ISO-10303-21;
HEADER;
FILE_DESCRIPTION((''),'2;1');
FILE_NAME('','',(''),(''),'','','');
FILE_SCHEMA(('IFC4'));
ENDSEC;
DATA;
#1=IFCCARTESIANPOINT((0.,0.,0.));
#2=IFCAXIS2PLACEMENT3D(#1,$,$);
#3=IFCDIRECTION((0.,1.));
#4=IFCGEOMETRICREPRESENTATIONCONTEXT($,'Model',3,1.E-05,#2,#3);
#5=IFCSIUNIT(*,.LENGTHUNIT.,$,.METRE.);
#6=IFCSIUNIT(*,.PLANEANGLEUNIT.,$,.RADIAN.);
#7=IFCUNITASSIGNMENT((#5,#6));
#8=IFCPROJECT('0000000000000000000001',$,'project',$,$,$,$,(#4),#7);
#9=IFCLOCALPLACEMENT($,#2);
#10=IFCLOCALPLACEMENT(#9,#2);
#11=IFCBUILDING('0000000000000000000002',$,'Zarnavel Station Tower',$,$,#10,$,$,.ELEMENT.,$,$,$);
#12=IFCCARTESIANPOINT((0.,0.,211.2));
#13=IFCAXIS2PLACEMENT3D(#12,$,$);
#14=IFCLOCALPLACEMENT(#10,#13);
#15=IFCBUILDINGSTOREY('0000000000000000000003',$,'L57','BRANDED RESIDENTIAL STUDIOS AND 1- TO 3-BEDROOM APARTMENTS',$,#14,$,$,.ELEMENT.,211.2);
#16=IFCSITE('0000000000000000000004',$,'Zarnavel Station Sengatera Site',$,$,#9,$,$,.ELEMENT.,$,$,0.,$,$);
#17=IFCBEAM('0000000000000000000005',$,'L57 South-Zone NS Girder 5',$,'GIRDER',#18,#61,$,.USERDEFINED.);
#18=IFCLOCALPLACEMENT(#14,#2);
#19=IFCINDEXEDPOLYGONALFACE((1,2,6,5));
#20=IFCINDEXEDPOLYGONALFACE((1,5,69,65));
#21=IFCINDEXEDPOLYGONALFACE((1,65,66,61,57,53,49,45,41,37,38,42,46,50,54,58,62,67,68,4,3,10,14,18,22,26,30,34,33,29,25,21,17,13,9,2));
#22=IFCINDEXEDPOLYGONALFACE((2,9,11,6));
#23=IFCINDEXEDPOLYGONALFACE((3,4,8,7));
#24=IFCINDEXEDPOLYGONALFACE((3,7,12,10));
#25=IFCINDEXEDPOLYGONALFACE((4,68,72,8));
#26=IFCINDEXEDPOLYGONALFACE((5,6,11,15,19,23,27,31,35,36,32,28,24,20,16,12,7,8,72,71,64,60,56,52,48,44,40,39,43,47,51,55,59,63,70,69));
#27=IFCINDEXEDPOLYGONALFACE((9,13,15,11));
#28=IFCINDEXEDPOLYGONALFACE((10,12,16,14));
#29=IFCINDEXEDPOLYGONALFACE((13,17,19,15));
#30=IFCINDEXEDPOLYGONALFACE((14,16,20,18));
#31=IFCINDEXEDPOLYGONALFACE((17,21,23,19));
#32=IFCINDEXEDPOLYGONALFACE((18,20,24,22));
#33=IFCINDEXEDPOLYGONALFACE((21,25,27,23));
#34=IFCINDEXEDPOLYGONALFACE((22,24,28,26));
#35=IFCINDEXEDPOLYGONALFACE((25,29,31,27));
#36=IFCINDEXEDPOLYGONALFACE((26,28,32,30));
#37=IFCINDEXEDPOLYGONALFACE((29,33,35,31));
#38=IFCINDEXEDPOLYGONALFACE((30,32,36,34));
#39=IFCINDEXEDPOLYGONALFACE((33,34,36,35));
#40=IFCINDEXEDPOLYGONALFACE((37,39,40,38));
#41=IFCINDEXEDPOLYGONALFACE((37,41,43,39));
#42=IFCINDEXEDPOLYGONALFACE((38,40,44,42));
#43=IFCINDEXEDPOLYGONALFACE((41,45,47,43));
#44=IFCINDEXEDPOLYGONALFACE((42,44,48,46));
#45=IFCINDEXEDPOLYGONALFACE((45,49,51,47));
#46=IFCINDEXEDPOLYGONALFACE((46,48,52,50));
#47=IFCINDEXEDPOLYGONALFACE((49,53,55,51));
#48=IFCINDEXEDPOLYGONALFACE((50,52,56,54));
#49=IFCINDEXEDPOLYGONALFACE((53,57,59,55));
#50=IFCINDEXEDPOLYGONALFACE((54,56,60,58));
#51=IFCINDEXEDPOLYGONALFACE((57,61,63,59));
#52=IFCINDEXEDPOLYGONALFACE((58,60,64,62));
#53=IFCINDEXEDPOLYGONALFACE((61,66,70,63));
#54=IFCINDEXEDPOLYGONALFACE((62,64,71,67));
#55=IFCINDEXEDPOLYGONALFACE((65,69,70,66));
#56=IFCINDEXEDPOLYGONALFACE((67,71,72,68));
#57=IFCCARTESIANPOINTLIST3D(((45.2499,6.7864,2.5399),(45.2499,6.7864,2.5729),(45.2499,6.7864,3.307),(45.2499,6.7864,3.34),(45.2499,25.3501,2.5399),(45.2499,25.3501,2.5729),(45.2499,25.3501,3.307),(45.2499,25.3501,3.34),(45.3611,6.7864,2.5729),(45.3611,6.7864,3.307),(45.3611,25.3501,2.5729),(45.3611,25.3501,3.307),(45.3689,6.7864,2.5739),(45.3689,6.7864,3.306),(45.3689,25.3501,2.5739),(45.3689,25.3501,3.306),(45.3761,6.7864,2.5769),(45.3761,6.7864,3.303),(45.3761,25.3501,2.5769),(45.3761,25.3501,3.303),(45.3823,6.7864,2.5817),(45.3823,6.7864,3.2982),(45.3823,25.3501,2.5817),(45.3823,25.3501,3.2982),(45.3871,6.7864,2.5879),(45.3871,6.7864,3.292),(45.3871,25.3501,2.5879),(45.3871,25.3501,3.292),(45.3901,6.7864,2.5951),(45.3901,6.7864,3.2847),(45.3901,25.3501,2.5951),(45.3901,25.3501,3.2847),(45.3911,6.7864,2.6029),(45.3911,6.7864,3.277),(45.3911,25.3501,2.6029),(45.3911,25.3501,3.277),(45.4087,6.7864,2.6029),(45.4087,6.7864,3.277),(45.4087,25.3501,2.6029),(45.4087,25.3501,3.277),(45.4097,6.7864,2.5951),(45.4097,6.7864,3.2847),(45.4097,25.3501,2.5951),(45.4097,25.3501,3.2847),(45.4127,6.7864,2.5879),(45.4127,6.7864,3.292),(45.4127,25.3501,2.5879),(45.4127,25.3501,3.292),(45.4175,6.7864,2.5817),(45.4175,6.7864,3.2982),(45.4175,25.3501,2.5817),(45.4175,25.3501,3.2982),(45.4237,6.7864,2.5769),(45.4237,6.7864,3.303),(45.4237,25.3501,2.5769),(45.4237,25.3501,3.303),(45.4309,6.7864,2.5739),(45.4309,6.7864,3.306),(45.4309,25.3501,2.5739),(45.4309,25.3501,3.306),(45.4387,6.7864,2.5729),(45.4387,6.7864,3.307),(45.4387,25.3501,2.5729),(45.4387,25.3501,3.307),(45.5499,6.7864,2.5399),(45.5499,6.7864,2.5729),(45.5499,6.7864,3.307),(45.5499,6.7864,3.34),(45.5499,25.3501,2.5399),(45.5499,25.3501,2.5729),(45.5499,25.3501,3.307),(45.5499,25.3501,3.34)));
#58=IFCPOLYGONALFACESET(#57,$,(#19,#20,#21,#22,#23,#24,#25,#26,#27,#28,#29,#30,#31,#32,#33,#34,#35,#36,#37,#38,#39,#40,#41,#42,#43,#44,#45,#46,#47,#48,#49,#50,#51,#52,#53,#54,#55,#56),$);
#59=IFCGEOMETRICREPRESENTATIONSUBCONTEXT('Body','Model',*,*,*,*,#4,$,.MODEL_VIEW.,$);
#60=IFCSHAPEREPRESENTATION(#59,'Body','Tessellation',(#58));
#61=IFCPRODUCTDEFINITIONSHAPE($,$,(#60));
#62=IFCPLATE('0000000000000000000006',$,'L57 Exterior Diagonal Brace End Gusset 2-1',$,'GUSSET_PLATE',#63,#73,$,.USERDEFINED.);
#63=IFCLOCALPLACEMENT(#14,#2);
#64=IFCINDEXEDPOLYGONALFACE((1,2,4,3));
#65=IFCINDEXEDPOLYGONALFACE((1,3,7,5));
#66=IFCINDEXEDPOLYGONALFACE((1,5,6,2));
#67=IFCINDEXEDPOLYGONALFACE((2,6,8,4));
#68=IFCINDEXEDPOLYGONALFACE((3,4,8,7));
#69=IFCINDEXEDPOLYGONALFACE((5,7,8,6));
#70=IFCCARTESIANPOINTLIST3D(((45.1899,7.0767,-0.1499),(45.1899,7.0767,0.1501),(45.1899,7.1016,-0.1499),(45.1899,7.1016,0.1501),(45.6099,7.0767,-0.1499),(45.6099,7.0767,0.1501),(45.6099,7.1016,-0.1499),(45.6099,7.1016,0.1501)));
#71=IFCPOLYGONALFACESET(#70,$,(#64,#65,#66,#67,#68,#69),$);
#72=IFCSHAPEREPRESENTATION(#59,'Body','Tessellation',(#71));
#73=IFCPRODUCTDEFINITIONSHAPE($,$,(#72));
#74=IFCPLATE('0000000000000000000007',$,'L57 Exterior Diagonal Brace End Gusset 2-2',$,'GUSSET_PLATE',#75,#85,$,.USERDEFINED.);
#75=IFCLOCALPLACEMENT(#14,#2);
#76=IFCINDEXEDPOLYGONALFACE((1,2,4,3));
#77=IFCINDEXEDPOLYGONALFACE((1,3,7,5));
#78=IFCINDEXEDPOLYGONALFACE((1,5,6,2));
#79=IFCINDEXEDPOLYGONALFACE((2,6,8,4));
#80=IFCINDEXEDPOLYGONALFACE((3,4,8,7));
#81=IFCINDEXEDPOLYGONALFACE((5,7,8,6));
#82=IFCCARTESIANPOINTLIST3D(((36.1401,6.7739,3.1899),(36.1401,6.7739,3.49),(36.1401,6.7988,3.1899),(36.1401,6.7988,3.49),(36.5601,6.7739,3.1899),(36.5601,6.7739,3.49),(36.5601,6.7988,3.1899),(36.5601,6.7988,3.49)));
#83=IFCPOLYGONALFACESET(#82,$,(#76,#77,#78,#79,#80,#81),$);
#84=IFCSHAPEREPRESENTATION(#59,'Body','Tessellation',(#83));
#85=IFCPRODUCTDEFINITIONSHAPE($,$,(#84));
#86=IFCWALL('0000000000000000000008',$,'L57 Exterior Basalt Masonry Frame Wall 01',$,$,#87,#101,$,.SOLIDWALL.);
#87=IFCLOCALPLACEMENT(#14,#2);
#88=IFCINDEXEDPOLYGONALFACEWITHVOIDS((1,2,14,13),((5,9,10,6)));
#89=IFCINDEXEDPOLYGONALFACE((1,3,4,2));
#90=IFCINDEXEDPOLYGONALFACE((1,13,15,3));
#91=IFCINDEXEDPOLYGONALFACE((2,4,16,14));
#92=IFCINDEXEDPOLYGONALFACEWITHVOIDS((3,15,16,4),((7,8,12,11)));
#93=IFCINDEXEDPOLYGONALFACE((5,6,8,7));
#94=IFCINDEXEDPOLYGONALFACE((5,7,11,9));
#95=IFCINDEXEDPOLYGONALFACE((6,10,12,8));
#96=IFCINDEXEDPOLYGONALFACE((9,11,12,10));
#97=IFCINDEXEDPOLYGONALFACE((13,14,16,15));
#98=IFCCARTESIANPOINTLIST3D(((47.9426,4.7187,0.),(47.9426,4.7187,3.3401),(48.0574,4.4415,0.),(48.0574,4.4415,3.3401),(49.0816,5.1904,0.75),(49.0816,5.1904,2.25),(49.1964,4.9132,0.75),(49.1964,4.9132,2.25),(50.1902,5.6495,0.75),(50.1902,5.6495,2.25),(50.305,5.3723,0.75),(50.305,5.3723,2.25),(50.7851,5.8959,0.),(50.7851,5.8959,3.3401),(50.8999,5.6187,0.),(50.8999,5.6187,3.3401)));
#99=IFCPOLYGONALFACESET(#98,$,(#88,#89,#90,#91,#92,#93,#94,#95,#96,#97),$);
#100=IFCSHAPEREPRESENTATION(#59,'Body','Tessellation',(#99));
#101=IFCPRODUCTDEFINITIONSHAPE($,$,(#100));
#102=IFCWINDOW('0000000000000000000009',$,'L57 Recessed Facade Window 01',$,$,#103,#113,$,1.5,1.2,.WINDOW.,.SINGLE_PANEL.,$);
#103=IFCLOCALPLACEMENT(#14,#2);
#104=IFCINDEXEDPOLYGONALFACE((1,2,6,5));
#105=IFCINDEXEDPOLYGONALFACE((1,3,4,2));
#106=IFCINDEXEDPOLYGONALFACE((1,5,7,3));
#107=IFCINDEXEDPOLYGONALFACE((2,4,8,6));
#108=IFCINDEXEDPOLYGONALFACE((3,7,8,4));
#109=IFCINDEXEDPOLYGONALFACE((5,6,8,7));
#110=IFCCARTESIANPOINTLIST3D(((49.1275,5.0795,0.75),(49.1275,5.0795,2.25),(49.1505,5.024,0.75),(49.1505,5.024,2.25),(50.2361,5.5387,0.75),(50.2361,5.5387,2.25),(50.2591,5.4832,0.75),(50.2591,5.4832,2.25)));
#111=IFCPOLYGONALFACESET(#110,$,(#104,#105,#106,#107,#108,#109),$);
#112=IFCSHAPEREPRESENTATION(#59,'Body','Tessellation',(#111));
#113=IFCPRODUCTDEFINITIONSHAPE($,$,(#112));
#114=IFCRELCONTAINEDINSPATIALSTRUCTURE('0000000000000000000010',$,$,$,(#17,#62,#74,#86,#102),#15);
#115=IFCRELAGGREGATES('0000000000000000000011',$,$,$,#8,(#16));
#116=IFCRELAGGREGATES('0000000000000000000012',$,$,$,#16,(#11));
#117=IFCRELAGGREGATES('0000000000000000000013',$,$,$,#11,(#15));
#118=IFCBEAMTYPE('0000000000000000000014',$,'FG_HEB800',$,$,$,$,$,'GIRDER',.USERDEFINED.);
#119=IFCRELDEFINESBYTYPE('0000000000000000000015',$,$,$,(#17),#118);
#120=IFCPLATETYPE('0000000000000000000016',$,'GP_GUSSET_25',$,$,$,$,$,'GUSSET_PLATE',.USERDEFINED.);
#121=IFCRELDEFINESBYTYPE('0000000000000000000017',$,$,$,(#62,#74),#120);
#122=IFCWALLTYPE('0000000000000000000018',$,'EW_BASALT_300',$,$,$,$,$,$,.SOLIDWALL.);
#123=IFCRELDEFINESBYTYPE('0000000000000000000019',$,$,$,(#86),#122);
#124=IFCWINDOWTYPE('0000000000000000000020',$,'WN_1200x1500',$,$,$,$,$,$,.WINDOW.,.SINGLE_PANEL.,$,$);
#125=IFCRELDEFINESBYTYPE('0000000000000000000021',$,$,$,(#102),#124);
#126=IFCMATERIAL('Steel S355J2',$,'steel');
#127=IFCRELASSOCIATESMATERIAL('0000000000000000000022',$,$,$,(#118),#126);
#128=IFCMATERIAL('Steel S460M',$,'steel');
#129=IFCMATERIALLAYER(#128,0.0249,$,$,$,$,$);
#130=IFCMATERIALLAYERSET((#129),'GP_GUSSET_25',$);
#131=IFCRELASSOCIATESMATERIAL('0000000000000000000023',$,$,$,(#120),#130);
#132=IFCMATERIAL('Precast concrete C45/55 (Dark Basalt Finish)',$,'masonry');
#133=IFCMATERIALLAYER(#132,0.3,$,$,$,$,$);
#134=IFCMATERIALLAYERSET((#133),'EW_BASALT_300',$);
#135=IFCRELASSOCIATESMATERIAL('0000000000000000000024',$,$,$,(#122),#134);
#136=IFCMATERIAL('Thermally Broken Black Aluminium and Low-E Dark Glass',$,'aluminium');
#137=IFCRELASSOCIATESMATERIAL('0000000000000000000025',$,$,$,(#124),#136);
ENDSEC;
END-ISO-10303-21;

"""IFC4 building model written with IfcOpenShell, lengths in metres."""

from ifc_helpers import new_model, si_unit, direction, frame, frame_2d, origin, origin_2d, place, context, subcontext, project, spatial, rectangle, i_section, extrude, material, layer, layer_set, material_profile, profile_set, type_object, element, fill, save


model = new_model("IFC4")

# Units and contexts
model_context = context("Model", 3, precision=1e-05, world=origin(), true_north=direction((0.0, 1.0)))
body_context = subcontext(model_context, "Body", "Model", "MODEL_VIEW")
ifc_project = project(units=[si_unit("LENGTHUNIT", "METRE"), si_unit("PLANEANGLEUNIT", "RADIAN")], contexts=[model_context])

# Site, building, storey
site_placement = place(None, origin())
site = spatial("IfcSite", under=ifc_project, at=site_placement, Name="Zarnavel Station Sengatera Site", CompositionType="ELEMENT", RefElevation=0.0)
building_placement = place(site_placement, origin())
building = spatial("IfcBuilding", under=site, at=building_placement, Name="Zarnavel Station Tower", CompositionType="ELEMENT")
storey_placement = place(building_placement, frame((0.0, 0.0, 211.2)))
storey = spatial("IfcBuildingStorey", under=building, at=storey_placement, Name="L57", Description="BRANDED RESIDENTIAL STUDIOS AND 1- TO 3-BEDROOM APARTMENTS", CompositionType="ELEMENT", Elevation=211.2)

# Beam
ifc_material_1 = material(Name="Steel S355J2", Category="steel")
ifc_material_profile_1 = material_profile(ifc_material_1, i_section(OverallWidth=0.3, OverallDepth=0.8, WebThickness=0.0176, FlangeThickness=0.033, FilletRadius=0.03, at=origin_2d()), Name="HEB800")
ifc_profile_set_1 = profile_set([ifc_material_profile_1], Name="Steel S355J2")
beam_type_1 = type_object("IfcBeamType", Name="FG_HEB800", ElementType="GIRDER", PredefinedType="USERDEFINED", material=ifc_profile_set_1)
for number, where, z_axis, x_axis, name in (
    (1, (45.3999, 6.7864, 2.9399), (0.0, 1.0, 0.0), (-1.0, 0.0, 0.0), "L57 South-Zone NS Girder 5"),
):
    element("IfcBeam", number, at=place(storey_placement, frame(where, z_axis=z_axis, x_axis=x_axis)), inside=storey, type_object=beam_type_1, Name=name, ObjectType="GIRDER", PredefinedType="USERDEFINED", context=body_context, shape_type="SweptSolid", body=[
        extrude(i_section(OverallWidth=0.3, OverallDepth=0.8, WebThickness=0.0176, FlangeThickness=0.033, FilletRadius=0.03, at=origin_2d()), origin(), (0.0, 0.0, 1.0), 18.5637),
    ])

# Plates
ifc_material_2 = material(Name="Steel S460M", Category="steel")
ifc_layer_1 = layer(ifc_material_2, 0.0249)
ifc_layer_set_1 = layer_set([ifc_layer_1], Name="GP_GUSSET_25")
plate_type = type_object("IfcPlateType", Name="GP_GUSSET_25", ElementType="GUSSET_PLATE", PredefinedType="USERDEFINED", material=ifc_layer_set_1)
for number, where, z_axis, x_axis, name in (
    (2, (45.3999, 7.0891, -0.1499), (0.0, 0.0, 1.0), (1.0, 0.0, 0.0), "L57 Exterior Diagonal Brace End Gusset 2-1"),
    (3, (36.3501, 6.7864, 3.1899), (0.0, 0.0, 1.0), (1.0, 0.0, 0.0), "L57 Exterior Diagonal Brace End Gusset 2-2"),
):
    element("IfcPlate", number, at=place(storey_placement, frame(where, z_axis=z_axis, x_axis=x_axis)), inside=storey, type_object=plate_type, Name=name, ObjectType="GUSSET_PLATE", PredefinedType="USERDEFINED", context=body_context, shape_type="SweptSolid", body=[
        extrude(rectangle(XDim=0.4199, YDim=0.0249, at=origin_2d()), origin(), (0.0, 0.0, 1.0), 0.3),
    ])

# Wall, opening, window
ifc_material_3 = material(Name="Precast concrete C45/55 (Dark Basalt Finish)", Category="masonry")
ifc_layer_2 = layer(ifc_material_3, 0.3)
ifc_layer_set_2 = layer_set([ifc_layer_2], Name="EW_BASALT_300")
wall_type_1 = type_object("IfcWallType", Name="EW_BASALT_300", PredefinedType="SOLIDWALL", material=ifc_layer_set_2)
wall_1_placement = place(storey_placement, frame((50.8425, 5.7573, 0.0), z_axis=(0.0, 0.0, 1.0), x_axis=(-0.923899, -0.382637, 0.0)))
wall_1 = element("IfcWall", 4, at=wall_1_placement, inside=storey, type_object=wall_type_1, Name="L57 Exterior Basalt Masonry Frame Wall 01", PredefinedType="SOLIDWALL", context=body_context, shape_type="SweptSolid", body=[
    extrude(rectangle(XDim=3.0767, YDim=0.3, at=frame_2d((1.5383, 0.0))), origin(), (0.0, 0.0, 1.0), 3.3401),
])
opening_1_placement = place(wall_1_placement, frame((0.6438, 0.0, 0.75)))
opening_1 = element("IfcOpeningElement", 5, at=opening_1_placement, cuts=wall_1, PredefinedType="OPENING", context=body_context, shape_type="SweptSolid", body=[
    extrude(rectangle(XDim=1.2, YDim=1.5, at=frame_2d((0.6001, 0.75))), frame((0.0, 0.1599, 0.0), z_axis=(0.0, -1.0, 0.0), x_axis=(1.0, 0.0, 0.0)), (0.0, 0.0, 1.0), 0.3201),
])
ifc_material_4 = material(Name="Thermally Broken Black Aluminium and Low-E Dark Glass", Category="aluminium")
window_type_1 = type_object("IfcWindowType", Name="WN_1200x1500", PartitioningType="SINGLE_PANEL", PredefinedType="WINDOW", material=ifc_material_4)
window_1_placement = place(opening_1_placement, origin())
window_1 = element("IfcWindow", 6, at=window_1_placement, inside=storey, type_object=window_type_1, Name="L57 Recessed Facade Window 01", OverallHeight=1.5, OverallWidth=1.2, PartitioningType="SINGLE_PANEL", PredefinedType="WINDOW", context=body_context, shape_type="SweptSolid", body=[
    extrude(rectangle(XDim=1.2, YDim=1.5, at=frame_2d((0.6001, 0.75))), frame((0.0, 0.03, 0.0), z_axis=(0.0, -1.0, 0.0), x_axis=(1.0, 0.0, 0.0)), (0.0, 0.0, 1.0), 0.0601),
])
fill(opening_1, window_1)

save(model, "model.ifc")
